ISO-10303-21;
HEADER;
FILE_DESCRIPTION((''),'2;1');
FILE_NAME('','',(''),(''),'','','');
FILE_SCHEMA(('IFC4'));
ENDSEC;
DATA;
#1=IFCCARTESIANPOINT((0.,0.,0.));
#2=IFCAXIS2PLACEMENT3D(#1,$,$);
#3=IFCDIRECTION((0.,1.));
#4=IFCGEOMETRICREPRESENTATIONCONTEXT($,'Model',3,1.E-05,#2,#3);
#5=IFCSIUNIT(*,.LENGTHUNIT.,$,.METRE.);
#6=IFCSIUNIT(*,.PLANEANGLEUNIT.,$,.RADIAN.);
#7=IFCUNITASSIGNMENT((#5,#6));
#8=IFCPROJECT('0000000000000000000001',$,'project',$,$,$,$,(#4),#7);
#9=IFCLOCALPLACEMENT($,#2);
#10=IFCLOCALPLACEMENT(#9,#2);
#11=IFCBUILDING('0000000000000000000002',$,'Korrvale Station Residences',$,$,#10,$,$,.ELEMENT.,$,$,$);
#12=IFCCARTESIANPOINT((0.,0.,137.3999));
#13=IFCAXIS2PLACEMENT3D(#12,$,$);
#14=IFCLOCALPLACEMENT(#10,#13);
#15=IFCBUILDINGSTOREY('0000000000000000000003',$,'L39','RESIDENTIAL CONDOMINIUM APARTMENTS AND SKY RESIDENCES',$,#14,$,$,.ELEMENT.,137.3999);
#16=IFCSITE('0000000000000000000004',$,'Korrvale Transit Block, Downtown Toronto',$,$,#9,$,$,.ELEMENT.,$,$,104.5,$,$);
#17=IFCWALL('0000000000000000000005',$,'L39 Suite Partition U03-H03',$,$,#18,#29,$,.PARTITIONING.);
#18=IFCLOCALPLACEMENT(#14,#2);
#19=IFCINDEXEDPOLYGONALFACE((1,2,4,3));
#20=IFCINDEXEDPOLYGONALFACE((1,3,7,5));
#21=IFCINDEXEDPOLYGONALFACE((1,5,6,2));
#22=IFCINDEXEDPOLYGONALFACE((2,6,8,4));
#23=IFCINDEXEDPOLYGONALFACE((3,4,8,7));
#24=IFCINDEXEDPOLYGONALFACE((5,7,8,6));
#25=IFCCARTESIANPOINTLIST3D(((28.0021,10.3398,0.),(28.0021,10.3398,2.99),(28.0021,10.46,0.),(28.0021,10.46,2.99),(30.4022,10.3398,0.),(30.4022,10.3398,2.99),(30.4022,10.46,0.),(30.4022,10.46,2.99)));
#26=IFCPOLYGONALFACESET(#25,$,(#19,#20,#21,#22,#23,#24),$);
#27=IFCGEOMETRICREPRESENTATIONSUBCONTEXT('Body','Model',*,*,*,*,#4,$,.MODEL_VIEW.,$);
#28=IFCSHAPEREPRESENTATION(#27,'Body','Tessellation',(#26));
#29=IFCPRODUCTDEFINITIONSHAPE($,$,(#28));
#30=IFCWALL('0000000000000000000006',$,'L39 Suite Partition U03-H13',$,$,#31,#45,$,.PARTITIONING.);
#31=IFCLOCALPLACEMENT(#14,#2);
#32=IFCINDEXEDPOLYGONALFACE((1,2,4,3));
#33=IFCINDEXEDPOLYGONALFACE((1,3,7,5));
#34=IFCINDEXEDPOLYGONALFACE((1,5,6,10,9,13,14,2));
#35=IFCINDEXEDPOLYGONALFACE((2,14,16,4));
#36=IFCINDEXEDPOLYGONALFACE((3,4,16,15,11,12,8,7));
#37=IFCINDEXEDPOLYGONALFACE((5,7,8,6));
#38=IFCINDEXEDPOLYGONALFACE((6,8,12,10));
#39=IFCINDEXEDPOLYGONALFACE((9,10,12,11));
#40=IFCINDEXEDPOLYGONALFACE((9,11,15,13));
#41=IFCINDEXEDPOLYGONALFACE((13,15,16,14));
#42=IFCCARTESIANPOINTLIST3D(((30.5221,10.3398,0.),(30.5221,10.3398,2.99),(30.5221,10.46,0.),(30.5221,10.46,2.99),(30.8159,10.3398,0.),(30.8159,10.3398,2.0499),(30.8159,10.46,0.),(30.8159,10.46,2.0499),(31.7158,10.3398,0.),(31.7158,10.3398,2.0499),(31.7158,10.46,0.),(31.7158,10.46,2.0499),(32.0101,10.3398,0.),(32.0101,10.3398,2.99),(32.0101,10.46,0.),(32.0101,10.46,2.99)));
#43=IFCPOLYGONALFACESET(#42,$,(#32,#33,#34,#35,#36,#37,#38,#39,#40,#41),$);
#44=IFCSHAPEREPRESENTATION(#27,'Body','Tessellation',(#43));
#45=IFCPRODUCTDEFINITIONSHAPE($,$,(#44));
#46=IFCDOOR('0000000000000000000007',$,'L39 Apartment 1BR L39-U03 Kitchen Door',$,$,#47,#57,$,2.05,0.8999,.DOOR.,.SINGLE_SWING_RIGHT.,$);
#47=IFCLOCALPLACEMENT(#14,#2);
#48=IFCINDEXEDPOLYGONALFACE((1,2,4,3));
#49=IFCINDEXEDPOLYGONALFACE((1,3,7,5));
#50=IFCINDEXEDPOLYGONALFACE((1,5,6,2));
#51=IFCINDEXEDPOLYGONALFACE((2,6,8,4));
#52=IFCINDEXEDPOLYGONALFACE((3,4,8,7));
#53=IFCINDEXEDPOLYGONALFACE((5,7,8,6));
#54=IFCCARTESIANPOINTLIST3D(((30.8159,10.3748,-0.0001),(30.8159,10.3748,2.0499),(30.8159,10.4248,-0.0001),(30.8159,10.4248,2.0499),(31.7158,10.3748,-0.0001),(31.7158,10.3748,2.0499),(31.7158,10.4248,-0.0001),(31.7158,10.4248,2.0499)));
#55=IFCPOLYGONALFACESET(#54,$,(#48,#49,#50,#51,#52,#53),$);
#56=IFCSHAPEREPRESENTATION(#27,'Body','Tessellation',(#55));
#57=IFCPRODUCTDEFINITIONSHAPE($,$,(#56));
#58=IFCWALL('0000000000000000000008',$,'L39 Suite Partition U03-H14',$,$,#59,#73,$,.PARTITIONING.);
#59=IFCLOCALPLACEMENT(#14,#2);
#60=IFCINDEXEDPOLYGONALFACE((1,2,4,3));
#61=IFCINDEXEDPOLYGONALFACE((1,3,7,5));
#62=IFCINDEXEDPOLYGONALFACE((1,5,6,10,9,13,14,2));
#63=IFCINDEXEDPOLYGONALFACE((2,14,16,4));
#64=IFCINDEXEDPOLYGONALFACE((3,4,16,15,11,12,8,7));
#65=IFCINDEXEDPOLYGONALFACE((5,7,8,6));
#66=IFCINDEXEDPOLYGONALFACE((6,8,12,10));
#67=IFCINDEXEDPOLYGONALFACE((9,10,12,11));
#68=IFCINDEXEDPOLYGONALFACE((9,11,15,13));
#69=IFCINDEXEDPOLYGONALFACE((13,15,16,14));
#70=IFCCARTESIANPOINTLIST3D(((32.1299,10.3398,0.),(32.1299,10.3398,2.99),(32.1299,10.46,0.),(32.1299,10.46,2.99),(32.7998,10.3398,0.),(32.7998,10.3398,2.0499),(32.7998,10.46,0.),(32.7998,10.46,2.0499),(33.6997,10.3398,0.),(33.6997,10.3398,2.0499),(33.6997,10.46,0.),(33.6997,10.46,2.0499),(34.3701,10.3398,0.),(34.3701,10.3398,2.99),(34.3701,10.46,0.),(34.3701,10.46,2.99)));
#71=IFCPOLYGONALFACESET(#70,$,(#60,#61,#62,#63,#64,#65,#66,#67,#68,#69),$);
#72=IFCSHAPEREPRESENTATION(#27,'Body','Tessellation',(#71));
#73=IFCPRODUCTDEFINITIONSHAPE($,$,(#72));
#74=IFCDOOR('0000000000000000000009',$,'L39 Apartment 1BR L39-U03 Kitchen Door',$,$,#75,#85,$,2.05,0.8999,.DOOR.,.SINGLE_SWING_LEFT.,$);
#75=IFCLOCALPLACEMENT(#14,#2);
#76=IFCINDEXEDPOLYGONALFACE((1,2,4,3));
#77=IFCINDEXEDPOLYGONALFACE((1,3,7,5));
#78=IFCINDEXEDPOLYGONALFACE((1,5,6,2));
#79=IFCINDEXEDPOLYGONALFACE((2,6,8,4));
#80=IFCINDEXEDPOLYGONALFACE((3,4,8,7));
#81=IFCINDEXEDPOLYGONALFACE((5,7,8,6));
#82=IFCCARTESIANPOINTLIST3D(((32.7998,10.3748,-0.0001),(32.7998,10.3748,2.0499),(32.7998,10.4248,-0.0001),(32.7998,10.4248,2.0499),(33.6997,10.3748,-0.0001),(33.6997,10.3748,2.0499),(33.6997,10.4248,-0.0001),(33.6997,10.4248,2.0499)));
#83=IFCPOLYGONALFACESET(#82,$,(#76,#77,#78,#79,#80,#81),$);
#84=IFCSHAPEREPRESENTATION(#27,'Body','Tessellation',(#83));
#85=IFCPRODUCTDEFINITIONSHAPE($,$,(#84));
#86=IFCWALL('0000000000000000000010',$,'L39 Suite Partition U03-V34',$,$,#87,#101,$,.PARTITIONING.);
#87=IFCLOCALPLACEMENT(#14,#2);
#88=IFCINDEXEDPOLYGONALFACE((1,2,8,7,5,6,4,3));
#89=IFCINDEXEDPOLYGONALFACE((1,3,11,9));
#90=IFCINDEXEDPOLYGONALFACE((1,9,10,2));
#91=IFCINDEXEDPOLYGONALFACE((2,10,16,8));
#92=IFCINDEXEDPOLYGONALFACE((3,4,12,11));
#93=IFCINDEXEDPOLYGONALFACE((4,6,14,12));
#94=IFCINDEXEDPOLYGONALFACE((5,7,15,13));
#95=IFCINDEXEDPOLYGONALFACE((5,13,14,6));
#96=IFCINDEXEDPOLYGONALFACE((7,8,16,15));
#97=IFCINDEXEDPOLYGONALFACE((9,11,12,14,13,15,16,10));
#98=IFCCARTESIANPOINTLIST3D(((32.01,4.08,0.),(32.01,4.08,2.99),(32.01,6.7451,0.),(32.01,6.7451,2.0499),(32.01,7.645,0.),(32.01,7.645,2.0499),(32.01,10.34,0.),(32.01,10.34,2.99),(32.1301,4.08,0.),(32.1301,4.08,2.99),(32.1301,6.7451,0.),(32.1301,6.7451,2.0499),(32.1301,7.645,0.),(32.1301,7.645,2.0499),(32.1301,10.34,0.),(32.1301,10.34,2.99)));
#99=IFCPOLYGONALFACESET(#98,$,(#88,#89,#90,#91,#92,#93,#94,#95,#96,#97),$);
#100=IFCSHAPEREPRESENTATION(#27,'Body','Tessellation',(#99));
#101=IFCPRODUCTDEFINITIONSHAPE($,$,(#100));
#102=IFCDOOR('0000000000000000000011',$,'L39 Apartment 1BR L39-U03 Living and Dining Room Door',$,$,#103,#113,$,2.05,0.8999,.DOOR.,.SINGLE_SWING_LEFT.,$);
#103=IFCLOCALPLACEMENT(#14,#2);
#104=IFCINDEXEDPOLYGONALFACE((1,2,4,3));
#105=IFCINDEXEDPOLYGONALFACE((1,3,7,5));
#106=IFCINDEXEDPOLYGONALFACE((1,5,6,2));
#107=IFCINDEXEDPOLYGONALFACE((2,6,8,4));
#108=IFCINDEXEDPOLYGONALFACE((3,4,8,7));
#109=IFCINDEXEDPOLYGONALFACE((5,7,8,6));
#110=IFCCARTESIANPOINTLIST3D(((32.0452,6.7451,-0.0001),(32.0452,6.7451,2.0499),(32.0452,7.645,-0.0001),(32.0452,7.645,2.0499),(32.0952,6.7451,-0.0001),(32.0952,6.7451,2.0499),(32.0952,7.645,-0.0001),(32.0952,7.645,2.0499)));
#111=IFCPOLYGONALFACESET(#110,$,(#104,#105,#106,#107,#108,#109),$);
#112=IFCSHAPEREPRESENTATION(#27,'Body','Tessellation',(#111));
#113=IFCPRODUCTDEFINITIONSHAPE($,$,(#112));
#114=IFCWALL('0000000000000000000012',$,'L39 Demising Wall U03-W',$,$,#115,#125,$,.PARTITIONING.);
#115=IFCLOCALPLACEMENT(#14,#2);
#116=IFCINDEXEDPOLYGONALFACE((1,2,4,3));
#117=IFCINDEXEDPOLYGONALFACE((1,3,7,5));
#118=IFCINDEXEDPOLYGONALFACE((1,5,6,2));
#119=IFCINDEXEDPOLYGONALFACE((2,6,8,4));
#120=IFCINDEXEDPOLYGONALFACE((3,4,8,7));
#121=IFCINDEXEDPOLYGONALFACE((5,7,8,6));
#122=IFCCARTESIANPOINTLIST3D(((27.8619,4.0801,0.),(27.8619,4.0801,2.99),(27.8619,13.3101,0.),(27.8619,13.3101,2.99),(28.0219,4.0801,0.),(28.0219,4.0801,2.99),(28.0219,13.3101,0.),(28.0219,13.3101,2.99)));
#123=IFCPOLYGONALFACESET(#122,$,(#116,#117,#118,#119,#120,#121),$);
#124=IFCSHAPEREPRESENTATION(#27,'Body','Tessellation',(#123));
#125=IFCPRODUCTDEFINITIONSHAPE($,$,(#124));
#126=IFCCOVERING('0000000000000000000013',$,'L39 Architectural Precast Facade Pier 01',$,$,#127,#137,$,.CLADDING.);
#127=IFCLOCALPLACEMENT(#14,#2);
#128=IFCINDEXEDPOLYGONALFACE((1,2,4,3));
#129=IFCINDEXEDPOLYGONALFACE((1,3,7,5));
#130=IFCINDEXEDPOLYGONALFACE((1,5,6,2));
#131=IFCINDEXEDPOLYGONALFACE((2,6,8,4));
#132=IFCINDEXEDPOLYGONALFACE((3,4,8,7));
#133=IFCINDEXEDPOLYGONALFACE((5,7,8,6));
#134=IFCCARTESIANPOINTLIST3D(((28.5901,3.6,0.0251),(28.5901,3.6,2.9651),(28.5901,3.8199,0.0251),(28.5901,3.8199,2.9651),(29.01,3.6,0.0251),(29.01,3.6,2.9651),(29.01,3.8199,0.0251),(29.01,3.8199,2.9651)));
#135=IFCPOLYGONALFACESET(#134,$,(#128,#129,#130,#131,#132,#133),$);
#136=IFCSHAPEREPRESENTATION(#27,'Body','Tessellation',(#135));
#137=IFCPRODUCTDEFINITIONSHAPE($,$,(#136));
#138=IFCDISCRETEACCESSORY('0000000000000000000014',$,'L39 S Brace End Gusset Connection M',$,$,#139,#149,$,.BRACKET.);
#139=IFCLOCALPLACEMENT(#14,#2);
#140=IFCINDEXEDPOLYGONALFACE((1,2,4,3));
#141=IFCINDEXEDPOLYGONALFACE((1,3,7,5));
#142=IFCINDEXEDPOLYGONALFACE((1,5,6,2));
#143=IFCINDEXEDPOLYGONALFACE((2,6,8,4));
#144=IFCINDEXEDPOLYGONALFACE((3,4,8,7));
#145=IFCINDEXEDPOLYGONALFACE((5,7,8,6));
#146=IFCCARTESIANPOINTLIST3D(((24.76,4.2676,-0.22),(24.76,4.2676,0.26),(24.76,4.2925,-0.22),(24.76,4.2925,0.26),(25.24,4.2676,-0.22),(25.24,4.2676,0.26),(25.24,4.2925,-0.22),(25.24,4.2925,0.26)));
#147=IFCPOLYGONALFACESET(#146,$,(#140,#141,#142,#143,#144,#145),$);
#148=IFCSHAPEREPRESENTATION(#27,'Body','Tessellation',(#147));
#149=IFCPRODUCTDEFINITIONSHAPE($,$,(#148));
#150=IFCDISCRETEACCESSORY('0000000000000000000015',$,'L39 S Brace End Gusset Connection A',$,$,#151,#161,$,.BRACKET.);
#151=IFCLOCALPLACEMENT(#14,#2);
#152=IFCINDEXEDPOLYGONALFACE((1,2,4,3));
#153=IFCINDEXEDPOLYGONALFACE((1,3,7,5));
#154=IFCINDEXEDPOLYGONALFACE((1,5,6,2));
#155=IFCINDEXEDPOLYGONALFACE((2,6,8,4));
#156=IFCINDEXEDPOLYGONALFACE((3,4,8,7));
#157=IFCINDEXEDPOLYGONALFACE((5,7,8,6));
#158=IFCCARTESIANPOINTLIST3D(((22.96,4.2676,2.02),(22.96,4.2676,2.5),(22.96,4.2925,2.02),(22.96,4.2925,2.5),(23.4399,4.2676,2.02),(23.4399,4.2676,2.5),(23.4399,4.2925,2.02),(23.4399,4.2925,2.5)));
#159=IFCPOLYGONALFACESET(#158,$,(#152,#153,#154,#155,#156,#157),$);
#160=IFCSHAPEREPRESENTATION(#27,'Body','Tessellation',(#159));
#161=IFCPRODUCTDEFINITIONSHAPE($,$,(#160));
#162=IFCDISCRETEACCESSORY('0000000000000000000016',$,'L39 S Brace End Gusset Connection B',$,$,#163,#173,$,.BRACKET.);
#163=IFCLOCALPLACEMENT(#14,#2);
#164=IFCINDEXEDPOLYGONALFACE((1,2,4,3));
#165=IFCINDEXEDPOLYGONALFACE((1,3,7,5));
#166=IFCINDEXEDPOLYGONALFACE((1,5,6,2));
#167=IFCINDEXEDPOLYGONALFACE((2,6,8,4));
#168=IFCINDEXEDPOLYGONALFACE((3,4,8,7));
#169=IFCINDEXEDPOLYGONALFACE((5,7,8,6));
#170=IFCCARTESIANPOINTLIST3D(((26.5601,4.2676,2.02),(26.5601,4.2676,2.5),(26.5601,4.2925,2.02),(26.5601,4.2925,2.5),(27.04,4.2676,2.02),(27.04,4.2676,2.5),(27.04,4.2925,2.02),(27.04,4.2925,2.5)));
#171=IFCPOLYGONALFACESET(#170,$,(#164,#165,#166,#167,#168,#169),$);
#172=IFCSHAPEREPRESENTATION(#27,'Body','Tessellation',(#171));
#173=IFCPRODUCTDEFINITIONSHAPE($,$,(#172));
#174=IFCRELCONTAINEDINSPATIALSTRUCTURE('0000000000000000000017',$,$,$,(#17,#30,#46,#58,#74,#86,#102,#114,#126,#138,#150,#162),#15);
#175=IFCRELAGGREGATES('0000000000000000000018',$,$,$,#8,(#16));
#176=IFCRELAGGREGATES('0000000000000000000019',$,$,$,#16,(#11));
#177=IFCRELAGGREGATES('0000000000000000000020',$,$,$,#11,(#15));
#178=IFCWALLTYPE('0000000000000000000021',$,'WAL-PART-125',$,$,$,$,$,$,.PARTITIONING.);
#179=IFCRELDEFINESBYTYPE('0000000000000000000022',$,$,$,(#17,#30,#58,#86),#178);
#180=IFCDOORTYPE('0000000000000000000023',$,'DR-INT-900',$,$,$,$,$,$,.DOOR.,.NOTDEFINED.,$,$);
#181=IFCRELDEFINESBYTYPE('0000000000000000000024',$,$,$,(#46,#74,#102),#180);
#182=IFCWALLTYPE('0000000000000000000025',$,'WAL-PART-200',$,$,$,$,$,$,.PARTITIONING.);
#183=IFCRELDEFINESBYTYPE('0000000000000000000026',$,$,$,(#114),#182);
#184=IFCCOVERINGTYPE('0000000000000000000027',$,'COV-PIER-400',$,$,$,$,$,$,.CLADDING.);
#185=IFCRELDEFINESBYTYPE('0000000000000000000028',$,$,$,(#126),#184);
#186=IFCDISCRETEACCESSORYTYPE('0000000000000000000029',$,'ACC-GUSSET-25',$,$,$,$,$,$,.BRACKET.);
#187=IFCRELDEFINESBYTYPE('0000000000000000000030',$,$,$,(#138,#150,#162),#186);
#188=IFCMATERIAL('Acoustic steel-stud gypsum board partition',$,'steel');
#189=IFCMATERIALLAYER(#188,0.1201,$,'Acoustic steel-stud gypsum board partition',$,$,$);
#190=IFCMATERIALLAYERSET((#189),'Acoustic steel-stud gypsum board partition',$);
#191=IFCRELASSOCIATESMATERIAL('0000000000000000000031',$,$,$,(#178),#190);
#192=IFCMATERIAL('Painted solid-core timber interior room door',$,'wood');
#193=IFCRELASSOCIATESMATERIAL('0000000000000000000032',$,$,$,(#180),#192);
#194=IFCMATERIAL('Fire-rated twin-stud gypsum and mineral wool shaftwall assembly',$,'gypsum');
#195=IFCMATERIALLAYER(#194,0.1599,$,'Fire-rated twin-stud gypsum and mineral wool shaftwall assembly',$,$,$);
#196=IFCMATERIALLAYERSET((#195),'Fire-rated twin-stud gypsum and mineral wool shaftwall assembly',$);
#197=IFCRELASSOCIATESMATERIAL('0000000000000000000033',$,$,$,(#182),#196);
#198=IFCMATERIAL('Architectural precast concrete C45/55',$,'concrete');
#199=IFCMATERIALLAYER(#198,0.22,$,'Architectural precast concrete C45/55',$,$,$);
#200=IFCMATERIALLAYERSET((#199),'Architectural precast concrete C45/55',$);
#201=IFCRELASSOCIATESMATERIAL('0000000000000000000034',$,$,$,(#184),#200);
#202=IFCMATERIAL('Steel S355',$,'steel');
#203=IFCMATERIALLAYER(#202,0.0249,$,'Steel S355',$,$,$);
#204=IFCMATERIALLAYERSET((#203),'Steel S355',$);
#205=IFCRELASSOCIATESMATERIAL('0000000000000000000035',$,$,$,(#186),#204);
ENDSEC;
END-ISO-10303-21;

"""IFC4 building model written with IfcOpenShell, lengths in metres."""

from ifc_helpers import new_model, si_unit, direction, frame, frame_2d, origin, origin_2d, place, context, subcontext, project, spatial, rectangle, extrude, material, layer, layer_set, type_object, element, fill, save


model = new_model("IFC4")

# Units and contexts
model_context = context("Model", 3, precision=1e-05, world=origin(), true_north=direction((0.0, 1.0)))
body_context = subcontext(model_context, "Body", "Model", "MODEL_VIEW")
ifc_project = project(units=[si_unit("LENGTHUNIT", "METRE"), si_unit("PLANEANGLEUNIT", "RADIAN")], contexts=[model_context])

# Site, building, storey
site_placement = place(None, origin())
site = spatial("IfcSite", under=ifc_project, at=site_placement, Name="Korrvale Transit Block, Downtown Toronto", CompositionType="ELEMENT", RefElevation=104.5)
building_placement = place(site_placement, origin())
building = spatial("IfcBuilding", under=site, at=building_placement, Name="Korrvale Station Residences", CompositionType="ELEMENT")
storey_placement = place(building_placement, frame((0.0, 0.0, 137.3999)))
storey = spatial("IfcBuildingStorey", under=building, at=storey_placement, Name="L39", Description="RESIDENTIAL CONDOMINIUM APARTMENTS AND SKY RESIDENCES", CompositionType="ELEMENT", Elevation=137.3999)

# Shared definitions
ifc_material_1 = material(Name="Steel S355", Category="steel")

# Shared definitions
ifc_material_2 = material(Name="Acoustic steel-stud gypsum board partition", Category="steel")
ifc_layer_1 = layer(ifc_material_2, 0.1201, Name="Acoustic steel-stud gypsum board partition")
ifc_layer_set_1 = layer_set([ifc_layer_1], Name="Acoustic steel-stud gypsum board partition")
wall_type_1 = type_object("IfcWallType", Name="WAL-PART-125", PredefinedType="PARTITIONING", material=ifc_layer_set_1)
ifc_material_3 = material(Name="Painted solid-core timber interior room door", Category="wood")
door_type_1 = type_object("IfcDoorType", Name="DR-INT-900", OperationType="NOTDEFINED", PredefinedType="DOOR", material=ifc_material_3)

# Wall
wall_1_placement = place(storey_placement, frame((28.002, 10.3999, 0.0), z_axis=(0.0, 0.0, 1.0), x_axis=(1.0, 0.0, 0.0)))
element("IfcWall", 1, at=wall_1_placement, inside=storey, type_object=wall_type_1, Name="L39 Suite Partition U03-H03", PredefinedType="PARTITIONING", context=body_context, shape_type="SweptSolid", body=[
    extrude(rectangle(XDim=2.4001, YDim=0.1201, at=frame_2d((1.2002, 0.0))), origin(), (0.0, 0.0, 1.0), 2.99),
])

# Walls, openings, doors
wall_2_placement = place(storey_placement, frame((30.522, 10.3999, 0.0), z_axis=(0.0, 0.0, 1.0), x_axis=(1.0, 0.0, 0.0)))
wall_2 = element("IfcWall", 2, at=wall_2_placement, inside=storey, type_object=wall_type_1, Name="L39 Suite Partition U03-H13", PredefinedType="PARTITIONING", context=body_context, shape_type="SweptSolid", body=[
    extrude(rectangle(XDim=1.488, YDim=0.1201, at=frame_2d((0.7441, 0.0))), origin(), (0.0, 0.0, 1.0), 2.99),
])
opening_1_placement = place(wall_2_placement, frame((0.2939, 0.0, 0.0)))
opening_1 = element("IfcOpeningElement", 3, at=opening_1_placement, cuts=wall_2, PredefinedType="OPENING", context=body_context, shape_type="SweptSolid", body=[
    extrude(rectangle(XDim=0.8999, YDim=2.05, at=frame_2d((0.45, 1.0249))), frame((0.0, 0.0701, 0.0), z_axis=(0.0, -1.0, 0.0), x_axis=(1.0, 0.0, 0.0)), (0.0, 0.0, 1.0), 0.1401),
])
door_1_placement = place(opening_1_placement, origin())
door_1 = element("IfcDoor", 4, at=door_1_placement, inside=storey, type_object=door_type_1, Name="L39 Apartment 1BR L39-U03 Kitchen Door", OperationType="SINGLE_SWING_RIGHT", OverallHeight=2.05, OverallWidth=0.8999, PredefinedType="DOOR", context=body_context, shape_type="SweptSolid", body=[
    extrude(rectangle(XDim=0.8999, YDim=2.05, at=frame_2d((0.45, 1.0249))), frame((0.0, 0.0249, 0.0), z_axis=(0.0, -1.0, 0.0), x_axis=(1.0, 0.0, 0.0)), (0.0, 0.0, 1.0), 0.05),
])
fill(opening_1, door_1)
wall_3_placement = place(storey_placement, frame((32.1299, 10.3999, 0.0), z_axis=(0.0, 0.0, 1.0), x_axis=(1.0, 0.0, 0.0)))
wall_3 = element("IfcWall", 5, at=wall_3_placement, inside=storey, type_object=wall_type_1, Name="L39 Suite Partition U03-H14", PredefinedType="PARTITIONING", context=body_context, shape_type="SweptSolid", body=[
    extrude(rectangle(XDim=2.2402, YDim=0.1201, at=frame_2d((1.1201, 0.0))), origin(), (0.0, 0.0, 1.0), 2.99),
])
opening_2_placement = place(wall_3_placement, frame((0.6699, 0.0, 0.0)))
opening_2 = element("IfcOpeningElement", 6, at=opening_2_placement, cuts=wall_3, PredefinedType="OPENING", context=body_context, shape_type="SweptSolid", body=[
    extrude(rectangle(XDim=0.8999, YDim=2.05, at=frame_2d((0.45, 1.0249))), frame((0.0, 0.0701, 0.0), z_axis=(0.0, -1.0, 0.0), x_axis=(1.0, 0.0, 0.0)), (0.0, 0.0, 1.0), 0.1401),
])
door_2_placement = place(opening_2_placement, origin())
door_2 = element("IfcDoor", 7, at=door_2_placement, inside=storey, type_object=door_type_1, Name="L39 Apartment 1BR L39-U03 Kitchen Door", OperationType="SINGLE_SWING_LEFT", OverallHeight=2.05, OverallWidth=0.8999, PredefinedType="DOOR", context=body_context, shape_type="SweptSolid", body=[
    extrude(rectangle(XDim=0.8999, YDim=2.05, at=frame_2d((0.45, 1.0249))), frame((0.0, 0.0249, 0.0), z_axis=(0.0, -1.0, 0.0), x_axis=(1.0, 0.0, 0.0)), (0.0, 0.0, 1.0), 0.05),
])
fill(opening_2, door_2)
wall_4_placement = place(storey_placement, frame((32.0701, 4.0801, 0.0), z_axis=(0.0, 0.0, 1.0), x_axis=(0.0, 1.0, 0.0)))
wall_4 = element("IfcWall", 8, at=wall_4_placement, inside=storey, type_object=wall_type_1, Name="L39 Suite Partition U03-V34", PredefinedType="PARTITIONING", context=body_context, shape_type="SweptSolid", body=[
    extrude(rectangle(XDim=6.26, YDim=0.1201, at=frame_2d((3.1299, 0.0))), origin(), (0.0, 0.0, 1.0), 2.99),
])
opening_3_placement = place(wall_4_placement, frame((2.665, 0.0, 0.0)))
opening_3 = element("IfcOpeningElement", 9, at=opening_3_placement, cuts=wall_4, PredefinedType="OPENING", context=body_context, shape_type="SweptSolid", body=[
    extrude(rectangle(XDim=0.8999, YDim=2.05, at=frame_2d((0.45, 1.0249))), frame((0.0, 0.0701, 0.0), z_axis=(0.0, -1.0, 0.0), x_axis=(1.0, 0.0, 0.0)), (0.0, 0.0, 1.0), 0.1401),
])
door_3_placement = place(opening_3_placement, origin())
door_3 = element("IfcDoor", 10, at=door_3_placement, inside=storey, type_object=door_type_1, Name="L39 Apartment 1BR L39-U03 Living and Dining Room Door", OperationType="SINGLE_SWING_LEFT", OverallHeight=2.05, OverallWidth=0.8999, PredefinedType="DOOR", context=body_context, shape_type="SweptSolid", body=[
    extrude(rectangle(XDim=0.8999, YDim=2.05, at=frame_2d((0.45, 1.0249))), frame((0.0, 0.0249, 0.0), z_axis=(0.0, -1.0, 0.0), x_axis=(1.0, 0.0, 0.0)), (0.0, 0.0, 1.0), 0.05),
])
fill(opening_3, door_3)

# Wall
ifc_material_4 = material(Name="Fire-rated twin-stud gypsum and mineral wool shaftwall assembly", Category="gypsum")
ifc_layer_2 = layer(ifc_material_4, 0.1599, Name="Fire-rated twin-stud gypsum and mineral wool shaftwall assembly")
ifc_layer_set_2 = layer_set([ifc_layer_2], Name="Fire-rated twin-stud gypsum and mineral wool shaftwall assembly")
wall_type_2 = type_object("IfcWallType", Name="WAL-PART-200", PredefinedType="PARTITIONING", material=ifc_layer_set_2)
wall_5_placement = place(storey_placement, frame((27.9419, 4.0801, 0.0), z_axis=(0.0, 0.0, 1.0), x_axis=(0.0, 1.0, 0.0)))
element("IfcWall", 11, at=wall_5_placement, inside=storey, type_object=wall_type_2, Name="L39 Demising Wall U03-W", PredefinedType="PARTITIONING", context=body_context, shape_type="SweptSolid", body=[
    extrude(rectangle(XDim=9.23, YDim=0.1599, at=frame_2d((4.615, 0.0))), origin(), (0.0, 0.0, 1.0), 2.99),
])

# Covering
ifc_material_5 = material(Name="Architectural precast concrete C45/55", Category="concrete")
ifc_layer_3 = layer(ifc_material_5, 0.22, Name="Architectural precast concrete C45/55")
ifc_layer_set_3 = layer_set([ifc_layer_3], Name="Architectural precast concrete C45/55")
covering_type = type_object("IfcCoveringType", Name="COV-PIER-400", PredefinedType="CLADDING", material=ifc_layer_set_3)
covering_placement = place(storey_placement, frame((28.8, 3.71, 0.0251), z_axis=(0.0, 0.0, 1.0), x_axis=(1.0, 0.0, 0.0)))
element("IfcCovering", 12, at=covering_placement, inside=storey, type_object=covering_type, Name="L39 Architectural Precast Facade Pier 01", PredefinedType="CLADDING", context=body_context, shape_type="SweptSolid", body=[
    extrude(rectangle(XDim=0.4199, YDim=0.22, at=origin_2d()), origin(), (0.0, 0.0, 1.0), 2.9399),
])

# Discrete accessories
ifc_layer_4 = layer(ifc_material_1, 0.0249, Name="Steel S355")
ifc_layer_set_4 = layer_set([ifc_layer_4], Name="Steel S355")
discrete_accessory_type = type_object("IfcDiscreteAccessoryType", Name="ACC-GUSSET-25", PredefinedType="BRACKET", material=ifc_layer_set_4)
for number, where, z_axis, x_axis, name in (
    (13, (25.0, 4.28, -0.22), (0.0, 0.0, 1.0), (1.0, 0.0, 0.0), "L39 S Brace End Gusset Connection M"),
    (14, (23.2, 4.28, 2.02), (0.0, 0.0, 1.0), (1.0, 0.0, 0.0), "L39 S Brace End Gusset Connection A"),
    (15, (26.8, 4.28, 2.02), (0.0, 0.0, 1.0), (1.0, 0.0, 0.0), "L39 S Brace End Gusset Connection B"),
):
    element("IfcDiscreteAccessory", number, at=place(storey_placement, frame(where, z_axis=z_axis, x_axis=x_axis)), inside=storey, type_object=discrete_accessory_type, Name=name, PredefinedType="BRACKET", context=body_context, shape_type="SweptSolid", body=[
        extrude(rectangle(XDim=0.48, YDim=0.0249, at=origin_2d()), origin(), (0.0, 0.0, 1.0), 0.48),
    ])

save(model, "model.ifc")
